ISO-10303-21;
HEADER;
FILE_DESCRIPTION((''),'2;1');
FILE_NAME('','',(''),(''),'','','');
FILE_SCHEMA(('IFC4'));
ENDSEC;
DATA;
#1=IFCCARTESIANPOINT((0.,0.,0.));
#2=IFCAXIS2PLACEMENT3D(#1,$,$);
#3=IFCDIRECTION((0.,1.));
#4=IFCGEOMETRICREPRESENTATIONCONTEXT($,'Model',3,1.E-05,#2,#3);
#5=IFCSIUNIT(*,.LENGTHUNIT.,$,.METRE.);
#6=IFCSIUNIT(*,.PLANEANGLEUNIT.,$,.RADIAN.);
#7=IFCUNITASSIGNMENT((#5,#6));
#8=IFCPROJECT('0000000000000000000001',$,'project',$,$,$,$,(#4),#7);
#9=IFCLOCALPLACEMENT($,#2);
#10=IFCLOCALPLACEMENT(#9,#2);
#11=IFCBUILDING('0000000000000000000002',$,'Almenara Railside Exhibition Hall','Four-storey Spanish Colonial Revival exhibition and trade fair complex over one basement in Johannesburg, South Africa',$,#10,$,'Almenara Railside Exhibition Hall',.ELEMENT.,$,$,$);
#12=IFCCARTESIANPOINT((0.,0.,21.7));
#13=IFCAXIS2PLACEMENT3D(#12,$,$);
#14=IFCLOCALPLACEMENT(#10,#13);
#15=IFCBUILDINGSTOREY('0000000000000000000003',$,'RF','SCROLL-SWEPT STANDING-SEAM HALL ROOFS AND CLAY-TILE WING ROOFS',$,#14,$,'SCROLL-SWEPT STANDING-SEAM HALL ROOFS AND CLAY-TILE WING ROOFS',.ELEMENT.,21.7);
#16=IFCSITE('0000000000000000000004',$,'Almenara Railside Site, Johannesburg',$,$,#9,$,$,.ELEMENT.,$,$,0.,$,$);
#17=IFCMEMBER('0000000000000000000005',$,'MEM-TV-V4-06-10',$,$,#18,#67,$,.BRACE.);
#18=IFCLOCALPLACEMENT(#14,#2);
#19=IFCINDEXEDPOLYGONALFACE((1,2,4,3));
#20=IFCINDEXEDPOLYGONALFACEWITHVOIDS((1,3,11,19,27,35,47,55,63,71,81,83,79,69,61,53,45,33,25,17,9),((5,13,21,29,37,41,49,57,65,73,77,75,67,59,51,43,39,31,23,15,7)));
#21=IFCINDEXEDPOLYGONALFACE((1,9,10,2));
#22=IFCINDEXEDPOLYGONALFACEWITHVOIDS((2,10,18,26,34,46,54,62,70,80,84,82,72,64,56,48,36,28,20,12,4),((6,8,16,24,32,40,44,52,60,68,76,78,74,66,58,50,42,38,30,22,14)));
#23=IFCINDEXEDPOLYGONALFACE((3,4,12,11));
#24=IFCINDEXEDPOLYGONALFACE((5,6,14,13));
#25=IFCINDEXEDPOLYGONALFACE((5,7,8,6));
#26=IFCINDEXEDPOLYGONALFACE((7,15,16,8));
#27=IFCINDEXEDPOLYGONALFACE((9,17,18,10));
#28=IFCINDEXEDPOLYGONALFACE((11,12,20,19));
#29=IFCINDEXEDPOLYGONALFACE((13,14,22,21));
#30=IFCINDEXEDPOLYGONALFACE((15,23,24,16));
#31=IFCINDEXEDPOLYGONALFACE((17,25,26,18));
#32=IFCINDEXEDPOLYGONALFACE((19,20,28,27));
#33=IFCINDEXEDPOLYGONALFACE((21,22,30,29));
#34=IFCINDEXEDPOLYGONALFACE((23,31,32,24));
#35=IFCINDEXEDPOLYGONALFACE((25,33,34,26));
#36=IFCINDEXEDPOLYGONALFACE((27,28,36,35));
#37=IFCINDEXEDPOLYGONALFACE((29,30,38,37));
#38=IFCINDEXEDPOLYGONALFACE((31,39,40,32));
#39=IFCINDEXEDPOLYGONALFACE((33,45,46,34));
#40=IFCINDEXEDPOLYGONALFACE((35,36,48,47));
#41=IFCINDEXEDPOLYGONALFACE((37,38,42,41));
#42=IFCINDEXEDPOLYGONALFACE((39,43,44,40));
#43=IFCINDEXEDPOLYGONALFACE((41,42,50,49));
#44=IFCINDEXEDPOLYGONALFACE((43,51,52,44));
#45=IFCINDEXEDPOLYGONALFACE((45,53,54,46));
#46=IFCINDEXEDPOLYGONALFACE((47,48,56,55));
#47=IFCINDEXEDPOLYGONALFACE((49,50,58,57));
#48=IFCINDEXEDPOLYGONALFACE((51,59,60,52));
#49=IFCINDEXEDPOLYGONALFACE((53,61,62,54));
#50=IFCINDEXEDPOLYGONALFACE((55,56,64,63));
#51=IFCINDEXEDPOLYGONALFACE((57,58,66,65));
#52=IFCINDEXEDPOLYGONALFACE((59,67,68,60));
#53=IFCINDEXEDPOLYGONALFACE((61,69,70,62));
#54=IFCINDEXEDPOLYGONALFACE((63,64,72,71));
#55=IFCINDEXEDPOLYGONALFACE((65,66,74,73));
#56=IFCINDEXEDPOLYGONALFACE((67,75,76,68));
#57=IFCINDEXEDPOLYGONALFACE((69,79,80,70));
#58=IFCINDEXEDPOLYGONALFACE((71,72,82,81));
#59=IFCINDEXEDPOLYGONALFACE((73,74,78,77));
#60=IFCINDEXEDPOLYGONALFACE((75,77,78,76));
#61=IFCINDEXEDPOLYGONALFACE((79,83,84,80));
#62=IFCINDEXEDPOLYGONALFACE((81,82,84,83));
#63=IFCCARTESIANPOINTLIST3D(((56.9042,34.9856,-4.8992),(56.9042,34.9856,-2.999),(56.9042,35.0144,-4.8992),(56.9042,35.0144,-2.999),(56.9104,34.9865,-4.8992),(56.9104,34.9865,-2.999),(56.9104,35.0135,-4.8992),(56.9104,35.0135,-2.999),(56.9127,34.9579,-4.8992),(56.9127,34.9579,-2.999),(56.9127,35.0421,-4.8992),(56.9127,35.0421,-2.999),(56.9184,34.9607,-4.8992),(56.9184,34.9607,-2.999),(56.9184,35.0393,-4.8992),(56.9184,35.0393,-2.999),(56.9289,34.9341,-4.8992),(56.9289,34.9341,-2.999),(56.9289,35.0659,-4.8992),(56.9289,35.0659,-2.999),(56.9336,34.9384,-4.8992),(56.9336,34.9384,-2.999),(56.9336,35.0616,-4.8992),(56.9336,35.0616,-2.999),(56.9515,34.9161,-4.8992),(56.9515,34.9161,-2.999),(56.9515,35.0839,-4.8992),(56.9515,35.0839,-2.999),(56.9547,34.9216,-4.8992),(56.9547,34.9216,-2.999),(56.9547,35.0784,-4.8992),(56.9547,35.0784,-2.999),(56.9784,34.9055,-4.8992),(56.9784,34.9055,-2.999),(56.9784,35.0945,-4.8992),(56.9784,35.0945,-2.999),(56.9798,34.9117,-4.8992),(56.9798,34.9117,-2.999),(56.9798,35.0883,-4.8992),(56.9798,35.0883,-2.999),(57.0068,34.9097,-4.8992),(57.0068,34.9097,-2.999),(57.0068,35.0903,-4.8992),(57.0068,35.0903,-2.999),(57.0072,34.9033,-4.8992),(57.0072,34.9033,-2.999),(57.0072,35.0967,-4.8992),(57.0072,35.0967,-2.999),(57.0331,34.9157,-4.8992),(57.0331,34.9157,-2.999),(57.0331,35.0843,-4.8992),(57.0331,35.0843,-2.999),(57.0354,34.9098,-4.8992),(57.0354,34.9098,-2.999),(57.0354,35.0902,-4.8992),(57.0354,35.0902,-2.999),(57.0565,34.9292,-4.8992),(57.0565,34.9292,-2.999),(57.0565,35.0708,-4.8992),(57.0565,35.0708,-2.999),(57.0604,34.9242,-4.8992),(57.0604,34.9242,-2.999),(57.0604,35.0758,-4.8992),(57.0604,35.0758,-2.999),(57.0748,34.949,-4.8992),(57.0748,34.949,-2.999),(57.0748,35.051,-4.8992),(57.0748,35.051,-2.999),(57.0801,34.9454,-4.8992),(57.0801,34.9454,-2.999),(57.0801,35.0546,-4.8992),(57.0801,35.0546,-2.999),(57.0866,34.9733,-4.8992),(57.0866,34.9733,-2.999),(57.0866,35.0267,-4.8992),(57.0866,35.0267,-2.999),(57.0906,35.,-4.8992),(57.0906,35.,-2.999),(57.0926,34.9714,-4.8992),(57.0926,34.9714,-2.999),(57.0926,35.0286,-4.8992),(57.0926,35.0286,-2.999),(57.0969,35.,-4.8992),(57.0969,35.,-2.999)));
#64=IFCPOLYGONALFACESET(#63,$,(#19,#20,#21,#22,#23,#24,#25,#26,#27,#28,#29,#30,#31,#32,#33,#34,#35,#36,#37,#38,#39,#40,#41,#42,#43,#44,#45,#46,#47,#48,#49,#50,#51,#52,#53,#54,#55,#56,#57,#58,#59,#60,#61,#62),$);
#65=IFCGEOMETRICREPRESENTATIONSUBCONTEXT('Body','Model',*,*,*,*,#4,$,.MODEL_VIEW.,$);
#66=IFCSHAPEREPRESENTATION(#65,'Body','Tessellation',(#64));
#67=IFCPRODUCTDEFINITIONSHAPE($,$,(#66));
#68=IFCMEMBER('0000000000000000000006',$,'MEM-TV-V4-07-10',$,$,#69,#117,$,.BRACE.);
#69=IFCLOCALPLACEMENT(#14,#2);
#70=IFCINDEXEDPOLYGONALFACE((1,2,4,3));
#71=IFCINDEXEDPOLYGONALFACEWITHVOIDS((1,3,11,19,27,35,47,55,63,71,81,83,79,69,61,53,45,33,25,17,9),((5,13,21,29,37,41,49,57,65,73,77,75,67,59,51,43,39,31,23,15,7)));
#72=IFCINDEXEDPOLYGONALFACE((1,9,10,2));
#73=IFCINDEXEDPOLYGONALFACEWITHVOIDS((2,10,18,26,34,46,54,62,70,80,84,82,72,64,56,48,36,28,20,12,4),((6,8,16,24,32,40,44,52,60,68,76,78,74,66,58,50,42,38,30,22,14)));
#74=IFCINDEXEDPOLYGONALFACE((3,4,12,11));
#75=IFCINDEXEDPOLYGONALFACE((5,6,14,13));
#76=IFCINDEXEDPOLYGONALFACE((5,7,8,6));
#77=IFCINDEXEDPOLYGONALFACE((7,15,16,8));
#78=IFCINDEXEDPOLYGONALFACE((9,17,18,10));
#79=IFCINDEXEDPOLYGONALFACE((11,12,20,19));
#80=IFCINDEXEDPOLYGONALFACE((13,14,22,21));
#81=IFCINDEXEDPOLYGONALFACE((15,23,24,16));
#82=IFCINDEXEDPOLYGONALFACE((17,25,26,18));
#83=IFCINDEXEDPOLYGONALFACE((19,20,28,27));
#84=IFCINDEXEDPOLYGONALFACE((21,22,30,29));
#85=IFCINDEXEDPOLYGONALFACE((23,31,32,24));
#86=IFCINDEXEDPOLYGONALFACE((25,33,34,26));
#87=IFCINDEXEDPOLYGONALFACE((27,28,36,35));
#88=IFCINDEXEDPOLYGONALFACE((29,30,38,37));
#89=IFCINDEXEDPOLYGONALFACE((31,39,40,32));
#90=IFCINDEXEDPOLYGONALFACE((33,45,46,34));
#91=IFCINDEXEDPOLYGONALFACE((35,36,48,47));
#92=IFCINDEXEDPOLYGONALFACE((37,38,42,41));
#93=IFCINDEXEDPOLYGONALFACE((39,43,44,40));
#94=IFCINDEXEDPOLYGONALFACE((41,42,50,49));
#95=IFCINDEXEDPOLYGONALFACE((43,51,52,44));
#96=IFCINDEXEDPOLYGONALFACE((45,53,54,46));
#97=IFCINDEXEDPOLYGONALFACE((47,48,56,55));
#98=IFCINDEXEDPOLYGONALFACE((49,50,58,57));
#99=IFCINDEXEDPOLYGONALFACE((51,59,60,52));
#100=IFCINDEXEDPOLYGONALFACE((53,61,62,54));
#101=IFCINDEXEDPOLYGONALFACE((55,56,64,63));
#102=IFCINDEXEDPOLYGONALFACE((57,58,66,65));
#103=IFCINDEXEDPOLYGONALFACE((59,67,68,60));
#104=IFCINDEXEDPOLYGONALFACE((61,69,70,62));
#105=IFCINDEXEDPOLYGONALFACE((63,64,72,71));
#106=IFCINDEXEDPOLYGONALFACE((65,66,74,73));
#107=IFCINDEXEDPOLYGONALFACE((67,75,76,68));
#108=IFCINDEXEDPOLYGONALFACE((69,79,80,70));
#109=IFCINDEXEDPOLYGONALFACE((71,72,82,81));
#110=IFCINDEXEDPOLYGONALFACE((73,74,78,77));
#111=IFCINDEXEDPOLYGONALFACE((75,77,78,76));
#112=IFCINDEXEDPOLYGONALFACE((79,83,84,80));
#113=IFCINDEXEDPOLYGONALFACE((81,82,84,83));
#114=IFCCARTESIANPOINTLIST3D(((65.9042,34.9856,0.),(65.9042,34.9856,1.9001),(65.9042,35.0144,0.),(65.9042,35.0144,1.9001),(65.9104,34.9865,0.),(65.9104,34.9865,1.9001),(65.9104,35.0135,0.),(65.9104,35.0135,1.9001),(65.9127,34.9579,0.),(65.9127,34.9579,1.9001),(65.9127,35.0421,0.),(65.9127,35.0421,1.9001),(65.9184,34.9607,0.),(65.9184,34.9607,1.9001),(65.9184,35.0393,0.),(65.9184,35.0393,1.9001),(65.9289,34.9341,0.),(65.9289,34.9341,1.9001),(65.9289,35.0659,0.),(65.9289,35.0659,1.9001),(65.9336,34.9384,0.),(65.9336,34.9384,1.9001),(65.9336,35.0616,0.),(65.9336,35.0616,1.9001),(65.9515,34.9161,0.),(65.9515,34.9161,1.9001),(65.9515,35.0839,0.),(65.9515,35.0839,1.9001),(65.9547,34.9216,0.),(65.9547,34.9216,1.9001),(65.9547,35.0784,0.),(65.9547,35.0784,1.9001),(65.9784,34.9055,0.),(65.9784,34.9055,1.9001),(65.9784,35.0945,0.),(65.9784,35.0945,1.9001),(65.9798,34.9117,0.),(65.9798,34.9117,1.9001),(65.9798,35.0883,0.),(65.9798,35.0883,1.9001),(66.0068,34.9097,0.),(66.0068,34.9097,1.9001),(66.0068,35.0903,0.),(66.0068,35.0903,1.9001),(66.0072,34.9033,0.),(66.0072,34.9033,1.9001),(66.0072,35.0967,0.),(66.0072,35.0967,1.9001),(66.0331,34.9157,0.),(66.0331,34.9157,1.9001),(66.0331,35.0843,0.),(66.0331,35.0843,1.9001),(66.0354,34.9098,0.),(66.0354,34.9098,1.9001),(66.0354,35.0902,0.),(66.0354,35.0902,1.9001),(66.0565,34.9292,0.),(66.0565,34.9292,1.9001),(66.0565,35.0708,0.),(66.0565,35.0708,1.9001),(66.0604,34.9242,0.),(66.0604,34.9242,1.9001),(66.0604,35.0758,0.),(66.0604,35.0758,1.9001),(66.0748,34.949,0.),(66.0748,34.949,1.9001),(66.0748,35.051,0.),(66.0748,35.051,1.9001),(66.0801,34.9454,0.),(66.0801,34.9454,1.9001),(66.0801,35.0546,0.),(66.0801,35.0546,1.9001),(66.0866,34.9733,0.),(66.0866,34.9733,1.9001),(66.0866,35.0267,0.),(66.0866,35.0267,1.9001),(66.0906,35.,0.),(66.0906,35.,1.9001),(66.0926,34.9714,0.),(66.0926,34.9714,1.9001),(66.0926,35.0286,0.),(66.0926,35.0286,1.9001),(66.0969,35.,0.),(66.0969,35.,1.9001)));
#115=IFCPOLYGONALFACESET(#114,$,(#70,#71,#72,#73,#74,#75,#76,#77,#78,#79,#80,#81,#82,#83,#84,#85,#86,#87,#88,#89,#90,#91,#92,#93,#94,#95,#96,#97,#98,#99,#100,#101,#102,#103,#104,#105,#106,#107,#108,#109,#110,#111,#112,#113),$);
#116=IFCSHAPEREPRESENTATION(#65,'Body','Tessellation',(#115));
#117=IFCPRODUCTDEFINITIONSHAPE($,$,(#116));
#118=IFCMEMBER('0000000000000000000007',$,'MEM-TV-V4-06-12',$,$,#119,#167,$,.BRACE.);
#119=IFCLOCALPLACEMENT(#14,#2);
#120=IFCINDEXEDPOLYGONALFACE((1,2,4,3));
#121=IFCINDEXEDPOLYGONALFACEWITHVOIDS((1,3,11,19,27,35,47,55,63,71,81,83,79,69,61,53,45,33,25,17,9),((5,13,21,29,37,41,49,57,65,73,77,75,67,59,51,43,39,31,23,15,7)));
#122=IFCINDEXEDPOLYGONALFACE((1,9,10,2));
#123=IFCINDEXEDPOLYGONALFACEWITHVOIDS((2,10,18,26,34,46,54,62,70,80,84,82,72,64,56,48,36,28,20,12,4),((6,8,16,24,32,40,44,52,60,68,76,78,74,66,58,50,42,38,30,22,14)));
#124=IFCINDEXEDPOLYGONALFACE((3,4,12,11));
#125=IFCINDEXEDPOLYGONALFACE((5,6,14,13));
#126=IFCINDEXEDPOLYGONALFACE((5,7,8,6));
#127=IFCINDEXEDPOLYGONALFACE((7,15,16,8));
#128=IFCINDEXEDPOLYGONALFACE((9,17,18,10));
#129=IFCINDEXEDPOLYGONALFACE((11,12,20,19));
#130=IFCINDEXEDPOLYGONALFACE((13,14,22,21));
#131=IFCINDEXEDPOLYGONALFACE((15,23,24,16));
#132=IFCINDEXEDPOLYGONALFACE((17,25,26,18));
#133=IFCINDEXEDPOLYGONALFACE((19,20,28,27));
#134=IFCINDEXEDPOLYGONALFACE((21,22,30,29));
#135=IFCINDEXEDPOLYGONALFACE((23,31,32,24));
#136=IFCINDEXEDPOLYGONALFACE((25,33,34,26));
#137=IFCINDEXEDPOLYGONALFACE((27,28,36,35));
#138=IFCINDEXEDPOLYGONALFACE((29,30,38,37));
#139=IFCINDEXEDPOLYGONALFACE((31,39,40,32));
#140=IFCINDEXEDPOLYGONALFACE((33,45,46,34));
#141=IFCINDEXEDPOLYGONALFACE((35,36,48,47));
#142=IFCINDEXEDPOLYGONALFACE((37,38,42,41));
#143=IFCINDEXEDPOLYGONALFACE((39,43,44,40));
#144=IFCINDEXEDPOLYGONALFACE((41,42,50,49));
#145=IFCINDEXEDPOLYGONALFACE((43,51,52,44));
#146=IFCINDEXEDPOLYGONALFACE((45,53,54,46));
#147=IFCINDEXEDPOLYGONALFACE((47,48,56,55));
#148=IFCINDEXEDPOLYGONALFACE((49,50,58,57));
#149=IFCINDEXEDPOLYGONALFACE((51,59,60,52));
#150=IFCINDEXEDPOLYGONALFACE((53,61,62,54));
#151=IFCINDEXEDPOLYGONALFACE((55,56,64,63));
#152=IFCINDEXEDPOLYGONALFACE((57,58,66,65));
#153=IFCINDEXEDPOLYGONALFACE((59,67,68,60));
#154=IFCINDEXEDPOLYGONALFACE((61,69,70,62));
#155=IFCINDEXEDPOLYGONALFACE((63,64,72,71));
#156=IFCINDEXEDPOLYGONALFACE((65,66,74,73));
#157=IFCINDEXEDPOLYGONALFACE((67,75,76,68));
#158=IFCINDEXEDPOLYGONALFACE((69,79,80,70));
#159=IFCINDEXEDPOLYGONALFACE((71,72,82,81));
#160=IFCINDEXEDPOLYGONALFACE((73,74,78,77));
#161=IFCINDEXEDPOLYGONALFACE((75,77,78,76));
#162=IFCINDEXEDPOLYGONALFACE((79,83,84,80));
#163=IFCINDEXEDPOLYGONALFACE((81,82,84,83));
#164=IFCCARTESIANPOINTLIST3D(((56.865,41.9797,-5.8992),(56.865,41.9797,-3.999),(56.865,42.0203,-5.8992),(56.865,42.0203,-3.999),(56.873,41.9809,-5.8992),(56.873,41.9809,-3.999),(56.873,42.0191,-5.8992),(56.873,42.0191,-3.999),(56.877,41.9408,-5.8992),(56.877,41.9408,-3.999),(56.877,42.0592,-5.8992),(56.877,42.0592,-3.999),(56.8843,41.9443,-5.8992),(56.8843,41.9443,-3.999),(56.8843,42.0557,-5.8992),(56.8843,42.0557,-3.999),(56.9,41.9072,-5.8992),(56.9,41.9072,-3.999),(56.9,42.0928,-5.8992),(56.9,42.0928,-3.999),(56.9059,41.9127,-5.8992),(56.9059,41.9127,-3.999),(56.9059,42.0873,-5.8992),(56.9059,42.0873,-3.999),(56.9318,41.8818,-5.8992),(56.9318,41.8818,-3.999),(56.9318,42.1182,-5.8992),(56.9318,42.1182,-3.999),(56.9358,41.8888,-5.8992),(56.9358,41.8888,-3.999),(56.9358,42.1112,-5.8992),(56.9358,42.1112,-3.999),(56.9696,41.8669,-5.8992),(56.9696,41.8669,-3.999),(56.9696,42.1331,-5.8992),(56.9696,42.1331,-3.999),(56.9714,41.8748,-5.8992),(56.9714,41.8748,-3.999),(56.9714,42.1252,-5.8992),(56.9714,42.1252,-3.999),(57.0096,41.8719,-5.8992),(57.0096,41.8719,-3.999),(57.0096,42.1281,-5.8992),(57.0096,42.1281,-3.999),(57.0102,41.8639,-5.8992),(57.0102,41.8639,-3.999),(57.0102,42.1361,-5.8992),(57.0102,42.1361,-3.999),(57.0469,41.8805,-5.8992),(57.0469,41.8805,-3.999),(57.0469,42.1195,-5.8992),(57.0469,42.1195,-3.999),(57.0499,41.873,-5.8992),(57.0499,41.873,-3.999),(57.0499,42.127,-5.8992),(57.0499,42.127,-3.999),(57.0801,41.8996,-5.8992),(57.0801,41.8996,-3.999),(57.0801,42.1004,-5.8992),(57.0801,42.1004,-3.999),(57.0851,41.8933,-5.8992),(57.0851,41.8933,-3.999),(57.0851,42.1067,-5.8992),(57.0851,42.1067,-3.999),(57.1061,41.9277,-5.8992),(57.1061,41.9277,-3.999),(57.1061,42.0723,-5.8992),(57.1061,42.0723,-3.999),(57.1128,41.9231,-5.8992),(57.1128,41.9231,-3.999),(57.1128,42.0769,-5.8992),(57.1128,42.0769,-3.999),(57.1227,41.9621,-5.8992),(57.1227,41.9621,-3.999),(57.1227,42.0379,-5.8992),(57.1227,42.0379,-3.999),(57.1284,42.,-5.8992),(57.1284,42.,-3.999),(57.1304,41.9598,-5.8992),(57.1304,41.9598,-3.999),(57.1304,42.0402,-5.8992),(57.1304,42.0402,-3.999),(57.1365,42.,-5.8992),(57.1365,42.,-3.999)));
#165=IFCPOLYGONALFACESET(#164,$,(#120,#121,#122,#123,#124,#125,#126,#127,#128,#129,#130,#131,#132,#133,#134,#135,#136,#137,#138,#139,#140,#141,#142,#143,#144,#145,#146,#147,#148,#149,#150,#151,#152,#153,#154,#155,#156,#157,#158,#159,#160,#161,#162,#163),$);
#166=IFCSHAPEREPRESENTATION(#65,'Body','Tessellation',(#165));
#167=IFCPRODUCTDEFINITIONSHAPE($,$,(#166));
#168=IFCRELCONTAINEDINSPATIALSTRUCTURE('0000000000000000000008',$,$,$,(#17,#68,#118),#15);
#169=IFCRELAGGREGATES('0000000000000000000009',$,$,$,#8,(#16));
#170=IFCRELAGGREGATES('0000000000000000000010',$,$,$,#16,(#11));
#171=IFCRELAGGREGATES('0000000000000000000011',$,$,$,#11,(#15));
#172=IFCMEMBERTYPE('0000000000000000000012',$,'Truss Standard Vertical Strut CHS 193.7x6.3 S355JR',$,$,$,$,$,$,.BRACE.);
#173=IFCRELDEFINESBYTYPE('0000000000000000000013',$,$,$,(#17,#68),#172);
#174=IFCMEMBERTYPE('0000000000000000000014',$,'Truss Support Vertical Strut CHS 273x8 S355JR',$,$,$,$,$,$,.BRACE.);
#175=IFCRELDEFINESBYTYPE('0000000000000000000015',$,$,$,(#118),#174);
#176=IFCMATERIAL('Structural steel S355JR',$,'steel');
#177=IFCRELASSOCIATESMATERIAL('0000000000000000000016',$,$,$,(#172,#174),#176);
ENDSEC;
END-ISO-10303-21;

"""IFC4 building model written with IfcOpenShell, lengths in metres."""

from ifc_helpers import new_model, si_unit, direction, frame, origin, origin_2d, place, context, subcontext, project, spatial, hollow_circle, extrude, material, material_profile, profile_set, type_object, element, save


model = new_model("IFC4")

# Units and contexts
model_context = context("Model", 3, precision=1e-05, world=origin(), true_north=direction((0.0, 1.0)))
body_context = subcontext(model_context, "Body", "Model", "MODEL_VIEW")
ifc_project = project(units=[si_unit("LENGTHUNIT", "METRE"), si_unit("PLANEANGLEUNIT", "RADIAN")], contexts=[model_context])

# Site, building, storey
site_placement = place(None, origin())
site = spatial("IfcSite", under=ifc_project, at=site_placement, Name="Almenara Railside Site, Johannesburg", CompositionType="ELEMENT", RefElevation=0.0)
building_placement = place(site_placement, origin())
building = spatial("IfcBuilding", under=site, at=building_placement, Name="Almenara Railside Exhibition Hall", Description="Four-storey Spanish Colonial Revival exhibition and trade fair complex over one basement in Johannesburg, South Africa", LongName="Almenara Railside Exhibition Hall", CompositionType="ELEMENT")
storey_placement = place(building_placement, frame((0.0, 0.0, 21.7)))
storey = spatial("IfcBuildingStorey", under=building, at=storey_placement, Name="RF", Description="SCROLL-SWEPT STANDING-SEAM HALL ROOFS AND CLAY-TILE WING ROOFS", LongName="SCROLL-SWEPT STANDING-SEAM HALL ROOFS AND CLAY-TILE WING ROOFS", CompositionType="ELEMENT", Elevation=21.7)

# Shared definitions
ifc_material_1 = material(Name="Structural steel S355JR", Category="steel")

# Members
ifc_material_profile_1 = material_profile(ifc_material_1, hollow_circle(Radius=0.0969, WallThickness=0.0063, at=origin_2d()), Name="CHS 193.7x6.3")
ifc_profile_set_1 = profile_set([ifc_material_profile_1], Name="Structural steel S355JR")
member_type_1 = type_object("IfcMemberType", Name="Truss Standard Vertical Strut CHS 193.7x6.3 S355JR", PredefinedType="BRACE", material=ifc_profile_set_1)
for number, where, z_axis, x_axis, name in (
    (1, (57.0, 35.0, -4.8992), (0.0, 0.0, 1.0), (1.0, 0.0, 0.0), "MEM-TV-V4-06-10"),
    (2, (66.0, 35.0, 0.0), (0.0, 0.0, 1.0), (1.0, 0.0, 0.0), "MEM-TV-V4-07-10"),
):
    element("IfcMember", number, at=place(storey_placement, frame(where, z_axis=z_axis, x_axis=x_axis)), inside=storey, type_object=member_type_1, Name=name, PredefinedType="BRACE", context=body_context, shape_type="SweptSolid", body=[
        extrude(hollow_circle(Radius=0.0969, WallThickness=0.0063, at=origin_2d()), origin(), (0.0, 0.0, 1.0), 1.9001),
    ])
ifc_material_profile_2 = material_profile(ifc_material_1, hollow_circle(Radius=0.1365, WallThickness=0.0081, at=origin_2d()), Name="CHS 273x8")
ifc_profile_set_2 = profile_set([ifc_material_profile_2], Name="Structural steel S355JR")
member_type_2 = type_object("IfcMemberType", Name="Truss Support Vertical Strut CHS 273x8 S355JR", PredefinedType="BRACE", material=ifc_profile_set_2)
for number, where, z_axis, x_axis, name in (
    (3, (57.0, 42.0, -5.8992), (0.0, 0.0, 1.0), (1.0, 0.0, 0.0), "MEM-TV-V4-06-12"),
):
    element("IfcMember", number, at=place(storey_placement, frame(where, z_axis=z_axis, x_axis=x_axis)), inside=storey, type_object=member_type_2, Name=name, PredefinedType="BRACE", context=body_context, shape_type="SweptSolid", body=[
        extrude(hollow_circle(Radius=0.1365, WallThickness=0.0081, at=origin_2d()), origin(), (0.0, 0.0, 1.0), 1.9001),
    ])

save(model, "model.ifc")
